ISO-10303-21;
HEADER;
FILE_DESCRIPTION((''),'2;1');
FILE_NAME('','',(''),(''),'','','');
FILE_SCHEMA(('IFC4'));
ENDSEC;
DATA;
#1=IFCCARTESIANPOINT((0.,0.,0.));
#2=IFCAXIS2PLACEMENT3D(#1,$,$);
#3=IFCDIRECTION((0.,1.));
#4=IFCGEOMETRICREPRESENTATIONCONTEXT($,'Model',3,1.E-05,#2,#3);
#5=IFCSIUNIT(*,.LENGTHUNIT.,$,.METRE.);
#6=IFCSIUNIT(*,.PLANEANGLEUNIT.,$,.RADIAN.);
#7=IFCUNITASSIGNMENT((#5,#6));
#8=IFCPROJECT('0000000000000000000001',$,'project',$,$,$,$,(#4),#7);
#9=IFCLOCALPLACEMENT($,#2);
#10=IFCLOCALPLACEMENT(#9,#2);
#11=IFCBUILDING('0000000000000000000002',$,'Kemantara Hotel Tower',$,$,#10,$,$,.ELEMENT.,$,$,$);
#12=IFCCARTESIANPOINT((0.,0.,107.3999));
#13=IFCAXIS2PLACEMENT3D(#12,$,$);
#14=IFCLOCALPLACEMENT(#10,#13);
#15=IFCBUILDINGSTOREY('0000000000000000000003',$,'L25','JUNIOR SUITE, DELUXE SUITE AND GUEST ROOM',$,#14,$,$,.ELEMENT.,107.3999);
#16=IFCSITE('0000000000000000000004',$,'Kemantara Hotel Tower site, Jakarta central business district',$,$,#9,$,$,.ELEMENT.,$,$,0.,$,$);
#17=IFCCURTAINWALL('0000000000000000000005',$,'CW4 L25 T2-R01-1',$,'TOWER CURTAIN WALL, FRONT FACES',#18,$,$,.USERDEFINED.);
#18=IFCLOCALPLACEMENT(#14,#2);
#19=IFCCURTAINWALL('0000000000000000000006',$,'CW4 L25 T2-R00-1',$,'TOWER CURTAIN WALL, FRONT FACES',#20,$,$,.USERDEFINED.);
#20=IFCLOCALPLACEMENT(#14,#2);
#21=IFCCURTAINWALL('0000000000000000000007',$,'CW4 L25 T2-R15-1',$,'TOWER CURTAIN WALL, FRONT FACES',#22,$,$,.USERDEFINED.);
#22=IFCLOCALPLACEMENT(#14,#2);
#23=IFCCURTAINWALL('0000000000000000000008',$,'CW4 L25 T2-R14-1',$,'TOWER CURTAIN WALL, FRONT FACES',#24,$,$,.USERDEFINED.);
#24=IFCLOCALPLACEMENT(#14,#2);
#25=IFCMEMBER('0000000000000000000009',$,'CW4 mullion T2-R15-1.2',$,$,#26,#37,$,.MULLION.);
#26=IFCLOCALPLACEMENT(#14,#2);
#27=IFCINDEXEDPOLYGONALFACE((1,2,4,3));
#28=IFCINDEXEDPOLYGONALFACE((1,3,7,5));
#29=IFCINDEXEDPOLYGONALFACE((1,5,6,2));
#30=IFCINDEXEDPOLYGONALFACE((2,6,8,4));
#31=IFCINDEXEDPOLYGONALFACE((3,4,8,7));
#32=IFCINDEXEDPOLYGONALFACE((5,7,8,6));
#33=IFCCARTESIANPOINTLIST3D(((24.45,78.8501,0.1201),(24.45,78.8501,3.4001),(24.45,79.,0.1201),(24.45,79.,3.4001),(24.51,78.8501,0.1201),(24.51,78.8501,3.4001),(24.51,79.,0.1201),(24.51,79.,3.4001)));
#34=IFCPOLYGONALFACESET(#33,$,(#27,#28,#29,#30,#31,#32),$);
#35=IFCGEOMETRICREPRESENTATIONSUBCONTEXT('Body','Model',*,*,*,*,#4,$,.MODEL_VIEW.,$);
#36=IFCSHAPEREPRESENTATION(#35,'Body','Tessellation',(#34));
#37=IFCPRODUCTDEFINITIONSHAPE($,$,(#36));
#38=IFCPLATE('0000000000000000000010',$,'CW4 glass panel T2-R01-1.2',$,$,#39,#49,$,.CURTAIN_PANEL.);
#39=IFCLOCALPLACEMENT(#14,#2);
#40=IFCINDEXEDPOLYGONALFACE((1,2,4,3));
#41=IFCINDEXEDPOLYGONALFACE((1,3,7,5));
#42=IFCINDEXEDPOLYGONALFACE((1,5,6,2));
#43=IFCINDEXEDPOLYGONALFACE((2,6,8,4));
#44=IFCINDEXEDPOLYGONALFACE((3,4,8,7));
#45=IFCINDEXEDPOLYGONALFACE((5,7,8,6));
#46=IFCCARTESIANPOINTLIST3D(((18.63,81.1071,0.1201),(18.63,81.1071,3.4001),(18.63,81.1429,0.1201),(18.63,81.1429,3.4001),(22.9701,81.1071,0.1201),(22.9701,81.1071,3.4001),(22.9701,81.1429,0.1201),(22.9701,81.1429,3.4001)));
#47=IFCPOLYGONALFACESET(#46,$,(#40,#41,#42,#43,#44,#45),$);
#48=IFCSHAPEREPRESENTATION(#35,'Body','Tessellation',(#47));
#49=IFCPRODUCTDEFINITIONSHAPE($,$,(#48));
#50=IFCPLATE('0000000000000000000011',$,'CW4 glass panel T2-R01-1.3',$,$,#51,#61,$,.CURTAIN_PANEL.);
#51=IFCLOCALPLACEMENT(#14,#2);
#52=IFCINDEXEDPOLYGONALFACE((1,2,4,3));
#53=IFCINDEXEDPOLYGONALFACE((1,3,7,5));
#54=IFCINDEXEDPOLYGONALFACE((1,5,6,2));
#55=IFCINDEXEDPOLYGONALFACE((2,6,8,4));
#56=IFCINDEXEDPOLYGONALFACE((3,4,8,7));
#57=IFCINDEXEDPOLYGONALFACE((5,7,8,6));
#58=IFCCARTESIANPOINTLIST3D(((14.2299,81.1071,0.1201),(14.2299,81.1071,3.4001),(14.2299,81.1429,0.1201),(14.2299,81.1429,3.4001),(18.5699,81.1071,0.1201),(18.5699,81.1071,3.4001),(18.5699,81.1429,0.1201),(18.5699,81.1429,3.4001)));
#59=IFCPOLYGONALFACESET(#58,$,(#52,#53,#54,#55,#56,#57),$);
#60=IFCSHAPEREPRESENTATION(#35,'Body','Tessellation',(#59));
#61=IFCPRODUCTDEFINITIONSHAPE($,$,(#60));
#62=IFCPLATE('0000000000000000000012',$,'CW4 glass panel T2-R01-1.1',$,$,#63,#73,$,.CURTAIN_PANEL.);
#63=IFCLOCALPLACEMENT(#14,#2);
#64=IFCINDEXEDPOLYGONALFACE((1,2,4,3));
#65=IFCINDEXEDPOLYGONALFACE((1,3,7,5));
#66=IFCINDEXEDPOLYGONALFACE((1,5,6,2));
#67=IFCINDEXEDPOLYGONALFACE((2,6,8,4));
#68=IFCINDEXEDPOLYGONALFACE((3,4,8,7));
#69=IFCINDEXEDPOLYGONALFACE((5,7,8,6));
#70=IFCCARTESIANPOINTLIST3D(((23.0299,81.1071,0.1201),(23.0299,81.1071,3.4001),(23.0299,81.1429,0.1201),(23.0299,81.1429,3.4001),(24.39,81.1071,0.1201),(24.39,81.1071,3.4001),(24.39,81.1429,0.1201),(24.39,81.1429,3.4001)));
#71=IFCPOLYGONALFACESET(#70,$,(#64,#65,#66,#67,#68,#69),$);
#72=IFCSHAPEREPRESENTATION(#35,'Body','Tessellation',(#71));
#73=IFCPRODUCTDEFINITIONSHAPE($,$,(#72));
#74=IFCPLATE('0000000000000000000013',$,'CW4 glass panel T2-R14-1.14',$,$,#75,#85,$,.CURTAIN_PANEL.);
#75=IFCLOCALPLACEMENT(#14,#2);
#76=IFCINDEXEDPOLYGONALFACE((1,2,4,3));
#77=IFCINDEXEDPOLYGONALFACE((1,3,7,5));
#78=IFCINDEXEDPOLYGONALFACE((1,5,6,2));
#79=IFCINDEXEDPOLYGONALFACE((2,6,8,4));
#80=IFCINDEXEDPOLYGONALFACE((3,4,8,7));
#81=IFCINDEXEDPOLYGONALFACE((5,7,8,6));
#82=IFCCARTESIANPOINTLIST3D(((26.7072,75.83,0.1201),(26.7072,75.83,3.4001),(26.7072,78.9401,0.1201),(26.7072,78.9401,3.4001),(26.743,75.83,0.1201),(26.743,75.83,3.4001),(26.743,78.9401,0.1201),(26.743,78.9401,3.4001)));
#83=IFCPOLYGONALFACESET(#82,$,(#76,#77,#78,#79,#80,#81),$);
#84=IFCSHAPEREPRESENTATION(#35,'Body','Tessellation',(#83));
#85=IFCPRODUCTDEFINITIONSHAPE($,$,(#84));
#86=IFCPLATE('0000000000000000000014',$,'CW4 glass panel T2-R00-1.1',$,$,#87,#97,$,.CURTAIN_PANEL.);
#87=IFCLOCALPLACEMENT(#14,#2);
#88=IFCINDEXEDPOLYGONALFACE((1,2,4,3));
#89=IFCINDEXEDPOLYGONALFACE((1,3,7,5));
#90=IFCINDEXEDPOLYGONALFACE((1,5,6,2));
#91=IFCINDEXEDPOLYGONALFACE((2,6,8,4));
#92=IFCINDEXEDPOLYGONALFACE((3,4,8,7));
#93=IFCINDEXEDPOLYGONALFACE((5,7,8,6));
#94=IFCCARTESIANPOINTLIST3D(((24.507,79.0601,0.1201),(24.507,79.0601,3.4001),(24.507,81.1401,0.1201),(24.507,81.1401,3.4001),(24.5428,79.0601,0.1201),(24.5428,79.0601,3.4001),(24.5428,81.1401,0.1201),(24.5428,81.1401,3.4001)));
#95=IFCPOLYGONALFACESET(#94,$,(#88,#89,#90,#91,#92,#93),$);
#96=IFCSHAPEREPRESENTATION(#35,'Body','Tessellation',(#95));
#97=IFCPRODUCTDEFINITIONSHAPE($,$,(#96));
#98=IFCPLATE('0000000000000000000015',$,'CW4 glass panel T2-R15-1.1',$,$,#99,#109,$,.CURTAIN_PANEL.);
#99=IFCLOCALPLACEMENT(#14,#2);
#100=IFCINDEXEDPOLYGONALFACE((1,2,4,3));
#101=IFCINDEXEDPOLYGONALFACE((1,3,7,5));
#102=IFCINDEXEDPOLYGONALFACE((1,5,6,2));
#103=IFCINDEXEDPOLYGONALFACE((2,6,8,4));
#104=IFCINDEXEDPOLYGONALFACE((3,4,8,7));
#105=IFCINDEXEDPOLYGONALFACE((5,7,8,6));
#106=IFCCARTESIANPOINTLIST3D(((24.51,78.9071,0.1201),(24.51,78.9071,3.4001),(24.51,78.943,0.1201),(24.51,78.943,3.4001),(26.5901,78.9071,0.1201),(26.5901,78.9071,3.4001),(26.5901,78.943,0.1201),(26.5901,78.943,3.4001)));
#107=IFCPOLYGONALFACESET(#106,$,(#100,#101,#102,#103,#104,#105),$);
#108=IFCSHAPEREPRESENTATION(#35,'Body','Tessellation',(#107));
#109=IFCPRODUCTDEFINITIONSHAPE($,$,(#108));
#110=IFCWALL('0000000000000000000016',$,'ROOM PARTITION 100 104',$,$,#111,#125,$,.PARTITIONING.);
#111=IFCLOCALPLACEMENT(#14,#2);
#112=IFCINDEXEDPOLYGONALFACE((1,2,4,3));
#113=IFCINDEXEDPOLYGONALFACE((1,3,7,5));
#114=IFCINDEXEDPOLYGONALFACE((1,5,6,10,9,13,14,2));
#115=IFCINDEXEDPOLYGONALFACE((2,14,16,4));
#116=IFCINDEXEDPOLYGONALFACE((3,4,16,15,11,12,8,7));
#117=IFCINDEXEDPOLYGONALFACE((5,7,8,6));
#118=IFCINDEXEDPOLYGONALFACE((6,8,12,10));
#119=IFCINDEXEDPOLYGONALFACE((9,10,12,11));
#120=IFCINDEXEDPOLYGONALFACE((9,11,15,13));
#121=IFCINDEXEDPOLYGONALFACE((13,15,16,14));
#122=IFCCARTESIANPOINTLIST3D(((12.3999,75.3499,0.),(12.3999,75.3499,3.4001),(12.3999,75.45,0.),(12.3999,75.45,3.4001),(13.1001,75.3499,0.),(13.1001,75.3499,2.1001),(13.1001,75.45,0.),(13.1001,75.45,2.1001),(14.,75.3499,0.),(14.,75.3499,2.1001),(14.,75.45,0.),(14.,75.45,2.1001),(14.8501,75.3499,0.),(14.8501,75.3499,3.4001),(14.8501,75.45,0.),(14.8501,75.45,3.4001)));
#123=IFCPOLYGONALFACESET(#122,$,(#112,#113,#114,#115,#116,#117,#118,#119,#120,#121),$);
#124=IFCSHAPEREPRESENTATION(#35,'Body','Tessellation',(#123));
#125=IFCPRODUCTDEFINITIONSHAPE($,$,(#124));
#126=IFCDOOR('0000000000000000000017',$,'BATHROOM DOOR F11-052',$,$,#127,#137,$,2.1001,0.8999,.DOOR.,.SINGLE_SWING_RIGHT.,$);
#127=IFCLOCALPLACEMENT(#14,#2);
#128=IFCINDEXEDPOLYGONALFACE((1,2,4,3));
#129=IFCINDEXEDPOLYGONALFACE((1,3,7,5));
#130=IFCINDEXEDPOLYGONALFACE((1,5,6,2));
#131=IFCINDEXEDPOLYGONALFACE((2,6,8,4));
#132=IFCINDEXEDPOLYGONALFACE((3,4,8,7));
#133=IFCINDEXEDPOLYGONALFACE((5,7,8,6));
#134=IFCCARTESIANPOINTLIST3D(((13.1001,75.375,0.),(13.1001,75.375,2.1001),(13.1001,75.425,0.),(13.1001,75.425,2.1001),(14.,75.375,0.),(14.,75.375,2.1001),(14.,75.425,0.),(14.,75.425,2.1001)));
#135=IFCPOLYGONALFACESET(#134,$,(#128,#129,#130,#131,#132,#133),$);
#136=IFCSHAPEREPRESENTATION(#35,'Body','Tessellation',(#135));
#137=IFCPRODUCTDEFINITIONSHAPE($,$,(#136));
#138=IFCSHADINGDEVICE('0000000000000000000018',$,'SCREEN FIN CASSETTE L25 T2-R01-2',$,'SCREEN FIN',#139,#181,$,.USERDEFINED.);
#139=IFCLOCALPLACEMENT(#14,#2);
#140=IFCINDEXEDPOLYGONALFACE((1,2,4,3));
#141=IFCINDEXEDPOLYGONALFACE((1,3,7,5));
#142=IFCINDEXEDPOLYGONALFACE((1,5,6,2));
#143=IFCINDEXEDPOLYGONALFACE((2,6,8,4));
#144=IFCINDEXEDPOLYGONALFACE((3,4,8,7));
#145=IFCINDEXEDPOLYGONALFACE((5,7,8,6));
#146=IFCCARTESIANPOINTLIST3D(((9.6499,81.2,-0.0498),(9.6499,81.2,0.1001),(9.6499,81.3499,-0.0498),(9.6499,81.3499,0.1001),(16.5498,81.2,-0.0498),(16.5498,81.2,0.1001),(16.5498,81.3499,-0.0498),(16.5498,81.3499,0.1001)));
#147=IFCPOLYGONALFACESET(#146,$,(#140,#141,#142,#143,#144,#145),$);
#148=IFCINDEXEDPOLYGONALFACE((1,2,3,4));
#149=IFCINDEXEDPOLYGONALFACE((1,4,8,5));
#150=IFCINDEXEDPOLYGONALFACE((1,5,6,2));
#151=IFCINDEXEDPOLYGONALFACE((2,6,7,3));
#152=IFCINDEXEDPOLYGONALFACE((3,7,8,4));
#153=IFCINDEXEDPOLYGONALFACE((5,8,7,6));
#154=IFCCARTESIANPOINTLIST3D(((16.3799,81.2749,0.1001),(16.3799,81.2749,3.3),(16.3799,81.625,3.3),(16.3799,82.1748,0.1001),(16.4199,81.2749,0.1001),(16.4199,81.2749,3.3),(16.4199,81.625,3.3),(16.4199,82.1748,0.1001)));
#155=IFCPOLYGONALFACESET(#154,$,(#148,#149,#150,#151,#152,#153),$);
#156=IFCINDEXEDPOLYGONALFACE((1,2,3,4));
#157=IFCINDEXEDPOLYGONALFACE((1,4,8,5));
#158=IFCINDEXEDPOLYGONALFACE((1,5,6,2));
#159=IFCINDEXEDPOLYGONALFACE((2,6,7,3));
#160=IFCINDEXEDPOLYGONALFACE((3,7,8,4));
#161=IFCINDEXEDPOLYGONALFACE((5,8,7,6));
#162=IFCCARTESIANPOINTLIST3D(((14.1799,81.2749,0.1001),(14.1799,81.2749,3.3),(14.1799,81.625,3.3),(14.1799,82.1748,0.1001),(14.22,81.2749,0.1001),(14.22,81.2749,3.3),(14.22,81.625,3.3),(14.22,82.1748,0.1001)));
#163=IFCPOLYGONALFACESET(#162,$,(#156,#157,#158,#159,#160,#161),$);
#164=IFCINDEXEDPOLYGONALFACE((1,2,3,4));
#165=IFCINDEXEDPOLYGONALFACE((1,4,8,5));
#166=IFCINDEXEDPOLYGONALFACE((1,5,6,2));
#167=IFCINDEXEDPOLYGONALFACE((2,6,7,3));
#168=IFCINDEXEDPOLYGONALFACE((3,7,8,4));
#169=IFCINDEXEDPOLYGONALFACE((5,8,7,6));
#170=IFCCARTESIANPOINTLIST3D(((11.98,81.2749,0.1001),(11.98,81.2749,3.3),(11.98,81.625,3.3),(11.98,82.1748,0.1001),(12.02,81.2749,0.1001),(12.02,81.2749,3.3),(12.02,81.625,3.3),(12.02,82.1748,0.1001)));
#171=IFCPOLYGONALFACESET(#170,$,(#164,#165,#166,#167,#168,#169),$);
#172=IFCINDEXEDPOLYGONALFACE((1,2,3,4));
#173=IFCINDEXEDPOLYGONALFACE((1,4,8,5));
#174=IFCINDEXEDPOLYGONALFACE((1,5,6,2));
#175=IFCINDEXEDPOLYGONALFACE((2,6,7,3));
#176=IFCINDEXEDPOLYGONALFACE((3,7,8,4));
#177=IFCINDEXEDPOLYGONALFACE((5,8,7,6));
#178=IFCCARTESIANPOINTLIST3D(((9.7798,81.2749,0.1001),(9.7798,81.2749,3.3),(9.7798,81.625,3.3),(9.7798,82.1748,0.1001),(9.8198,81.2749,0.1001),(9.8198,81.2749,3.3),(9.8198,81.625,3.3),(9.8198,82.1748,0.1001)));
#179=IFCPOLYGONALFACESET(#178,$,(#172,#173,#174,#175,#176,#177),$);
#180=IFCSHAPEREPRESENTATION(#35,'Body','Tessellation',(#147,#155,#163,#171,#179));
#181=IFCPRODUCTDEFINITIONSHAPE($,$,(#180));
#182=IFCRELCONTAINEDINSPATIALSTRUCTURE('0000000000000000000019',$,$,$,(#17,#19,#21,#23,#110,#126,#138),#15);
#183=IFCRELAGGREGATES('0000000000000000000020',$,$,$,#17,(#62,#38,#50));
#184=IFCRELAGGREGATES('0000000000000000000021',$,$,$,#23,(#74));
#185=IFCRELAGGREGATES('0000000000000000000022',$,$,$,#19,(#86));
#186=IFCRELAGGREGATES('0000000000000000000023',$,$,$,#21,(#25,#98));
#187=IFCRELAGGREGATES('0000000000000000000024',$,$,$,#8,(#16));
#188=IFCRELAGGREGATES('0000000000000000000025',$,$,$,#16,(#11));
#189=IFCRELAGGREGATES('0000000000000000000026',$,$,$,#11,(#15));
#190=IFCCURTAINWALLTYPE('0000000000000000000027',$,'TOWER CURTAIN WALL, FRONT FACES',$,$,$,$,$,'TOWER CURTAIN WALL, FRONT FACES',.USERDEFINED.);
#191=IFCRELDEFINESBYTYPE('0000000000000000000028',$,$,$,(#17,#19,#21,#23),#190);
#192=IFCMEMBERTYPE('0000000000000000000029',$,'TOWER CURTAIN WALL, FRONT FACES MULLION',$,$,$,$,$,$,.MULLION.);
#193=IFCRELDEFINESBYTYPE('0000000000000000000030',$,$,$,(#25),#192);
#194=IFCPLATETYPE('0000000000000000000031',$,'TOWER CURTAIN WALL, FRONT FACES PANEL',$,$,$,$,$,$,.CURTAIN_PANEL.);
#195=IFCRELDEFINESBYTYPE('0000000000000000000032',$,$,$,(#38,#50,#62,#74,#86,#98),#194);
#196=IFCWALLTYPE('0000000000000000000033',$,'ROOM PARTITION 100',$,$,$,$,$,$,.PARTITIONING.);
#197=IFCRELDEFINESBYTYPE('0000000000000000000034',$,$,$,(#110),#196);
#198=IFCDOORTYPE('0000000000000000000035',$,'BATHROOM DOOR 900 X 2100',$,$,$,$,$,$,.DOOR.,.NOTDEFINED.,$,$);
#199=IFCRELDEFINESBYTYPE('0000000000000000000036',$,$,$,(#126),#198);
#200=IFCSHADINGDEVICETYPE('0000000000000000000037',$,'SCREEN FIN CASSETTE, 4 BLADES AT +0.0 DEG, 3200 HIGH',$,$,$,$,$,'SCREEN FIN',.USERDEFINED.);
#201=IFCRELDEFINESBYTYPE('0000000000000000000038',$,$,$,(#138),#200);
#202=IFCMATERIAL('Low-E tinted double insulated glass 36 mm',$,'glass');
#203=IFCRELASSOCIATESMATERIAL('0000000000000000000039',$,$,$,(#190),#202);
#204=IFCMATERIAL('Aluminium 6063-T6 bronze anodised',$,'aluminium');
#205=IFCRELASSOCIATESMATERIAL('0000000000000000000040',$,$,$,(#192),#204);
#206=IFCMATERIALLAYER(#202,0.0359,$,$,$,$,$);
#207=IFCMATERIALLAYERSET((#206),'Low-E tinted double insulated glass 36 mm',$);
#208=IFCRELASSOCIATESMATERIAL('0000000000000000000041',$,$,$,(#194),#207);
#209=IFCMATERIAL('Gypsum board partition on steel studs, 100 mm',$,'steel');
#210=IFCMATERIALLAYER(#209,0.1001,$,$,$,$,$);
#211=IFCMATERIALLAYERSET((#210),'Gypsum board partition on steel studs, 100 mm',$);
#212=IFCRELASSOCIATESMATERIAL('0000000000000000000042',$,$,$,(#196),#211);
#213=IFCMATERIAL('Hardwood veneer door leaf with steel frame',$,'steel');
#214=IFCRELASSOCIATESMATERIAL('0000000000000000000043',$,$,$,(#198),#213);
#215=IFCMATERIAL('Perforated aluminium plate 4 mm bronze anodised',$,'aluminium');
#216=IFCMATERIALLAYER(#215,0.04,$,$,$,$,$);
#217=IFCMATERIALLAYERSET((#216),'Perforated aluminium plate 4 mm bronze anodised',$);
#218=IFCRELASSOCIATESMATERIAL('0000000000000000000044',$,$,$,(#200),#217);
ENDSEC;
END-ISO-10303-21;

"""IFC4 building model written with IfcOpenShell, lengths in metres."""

from ifc_helpers import new_model, si_unit, direction, frame, frame_2d, origin, origin_2d, place, context, subcontext, project, spatial, polyline, rectangle, outline, extrude, source, transform, mapped, material, layer, layer_set, material_profile, profile_set, type_object, element, fill, aggregate, save


model = new_model("IFC4")

# Units and contexts
model_context = context("Model", 3, precision=1e-05, world=origin(), true_north=direction((0.0, 1.0)))
body_context = subcontext(model_context, "Body", "Model", "MODEL_VIEW")
ifc_project = project(units=[si_unit("LENGTHUNIT", "METRE"), si_unit("PLANEANGLEUNIT", "RADIAN")], contexts=[model_context])

# Site, building, storey
site_placement = place(None, origin())
site = spatial("IfcSite", under=ifc_project, at=site_placement, Name="Kemantara Hotel Tower site, Jakarta central business district", CompositionType="ELEMENT", RefElevation=0.0)
building_placement = place(site_placement, origin())
building = spatial("IfcBuilding", under=site, at=building_placement, Name="Kemantara Hotel Tower", CompositionType="ELEMENT")
storey_placement = place(building_placement, frame((0.0, 0.0, 107.3999)))
storey = spatial("IfcBuildingStorey", under=building, at=storey_placement, Name="L25", Description="JUNIOR SUITE, DELUXE SUITE AND GUEST ROOM", CompositionType="ELEMENT", Elevation=107.3999)

# Curtain walls
ifc_material_1 = material(Name="Low-E tinted double insulated glass 36 mm", Category="glass")
curtain_wall_type = type_object("IfcCurtainWallType", Name="TOWER CURTAIN WALL, FRONT FACES", ElementType="TOWER CURTAIN WALL, FRONT FACES", PredefinedType="USERDEFINED", material=ifc_material_1)
curtain_wall_1_placement = place(storey_placement, origin())
curtain_wall_1 = element("IfcCurtainWall", 1, at=curtain_wall_1_placement, inside=storey, type_object=curtain_wall_type, Name="CW4 L25 T2-R01-1", ObjectType="TOWER CURTAIN WALL, FRONT FACES", PredefinedType="USERDEFINED")
ifc_material_2 = material(Name="Aluminium 6063-T6 bronze anodised", Category="aluminium")
curtain_wall_2_placement = place(storey_placement, origin())
curtain_wall_2 = element("IfcCurtainWall", 2, at=curtain_wall_2_placement, inside=storey, type_object=curtain_wall_type, Name="CW4 L25 T2-R00-1", ObjectType="TOWER CURTAIN WALL, FRONT FACES", PredefinedType="USERDEFINED")
curtain_wall_3_placement = place(storey_placement, origin())
curtain_wall_3 = element("IfcCurtainWall", 3, at=curtain_wall_3_placement, inside=storey, type_object=curtain_wall_type, Name="CW4 L25 T2-R15-1", ObjectType="TOWER CURTAIN WALL, FRONT FACES", PredefinedType="USERDEFINED")

# Shared definitions
ifc_material_profile_1 = material_profile(ifc_material_2, rectangle(XDim=0.1499, YDim=0.0601, at=origin_2d()), Name="TOWER CURTAIN WALL, FRONT FACES MULLION")
ifc_profile_set_1 = profile_set([ifc_material_profile_1], Name="Aluminium 6063-T6 bronze anodised")
member_type_1 = type_object("IfcMemberType", Name="TOWER CURTAIN WALL, FRONT FACES MULLION", PredefinedType="MULLION", material=ifc_profile_set_1)
shared_shape_1 = source(origin(), body_context, "Body", "SweptSolid", [
    extrude(rectangle(XDim=0.1499, YDim=0.0601, at=origin_2d()), origin(), (0.0, 0.0, 1.0), 3.28),
])

# Curtain wall
curtain_wall_4_placement = place(storey_placement, origin())
curtain_wall_4 = element("IfcCurtainWall", 4, at=curtain_wall_4_placement, inside=storey, type_object=curtain_wall_type, Name="CW4 L25 T2-R14-1", ObjectType="TOWER CURTAIN WALL, FRONT FACES", PredefinedType="USERDEFINED")

# Member
member_1_placement = place(storey_placement, frame((24.48, 78.925, 0.1201), z_axis=(0.0, 0.0, 1.0), x_axis=(0.0, -1.0, 0.0)))
member_1 = element("IfcMember", 5, at=member_1_placement, type_object=member_type_1, Name="CW4 mullion T2-R15-1.2", PredefinedType="MULLION", context=body_context, shape_type="MappedRepresentation", body=[
    mapped(shared_shape_1, transform((0.0, 0.0, 0.0))),
])

# Plates
ifc_layer_1 = layer(ifc_material_1, 0.0359)
ifc_layer_set_1 = layer_set([ifc_layer_1], Name="Low-E tinted double insulated glass 36 mm")
plate_type = type_object("IfcPlateType", Name="TOWER CURTAIN WALL, FRONT FACES PANEL", PredefinedType="CURTAIN_PANEL", material=ifc_layer_set_1)
shared_shape_2 = source(origin(), body_context, "Body", "SweptSolid", [
    extrude(rectangle(XDim=4.3401, YDim=0.0359, at=origin_2d()), origin(), (0.0, 0.0, 1.0), 3.28),
])
plate_1_placement = place(storey_placement, frame((20.8, 81.125, 0.1201), z_axis=(0.0, 0.0, 1.0), x_axis=(-1.0, 0.0, 0.0)))
plate_1 = element("IfcPlate", 6, at=plate_1_placement, type_object=plate_type, Name="CW4 glass panel T2-R01-1.2", PredefinedType="CURTAIN_PANEL", context=body_context, shape_type="MappedRepresentation", body=[
    mapped(shared_shape_2, transform((0.0, 0.0, 0.0))),
])
plate_2_placement = place(storey_placement, frame((16.3999, 81.125, 0.1201), z_axis=(0.0, 0.0, 1.0), x_axis=(-1.0, 0.0, 0.0)))
plate_2 = element("IfcPlate", 7, at=plate_2_placement, type_object=plate_type, Name="CW4 glass panel T2-R01-1.3", PredefinedType="CURTAIN_PANEL", context=body_context, shape_type="MappedRepresentation", body=[
    mapped(shared_shape_2, transform((0.0, 0.0, 0.0))),
])
shared_shape_3 = source(origin(), body_context, "Body", "SweptSolid", [
    extrude(rectangle(XDim=1.3601, YDim=0.0359, at=origin_2d()), origin(), (0.0, 0.0, 1.0), 3.28),
])
plate_3_placement = place(storey_placement, frame((23.71, 81.125, 0.1201), z_axis=(0.0, 0.0, 1.0), x_axis=(-1.0, 0.0, 0.0)))
plate_3 = element("IfcPlate", 8, at=plate_3_placement, type_object=plate_type, Name="CW4 glass panel T2-R01-1.1", PredefinedType="CURTAIN_PANEL", context=body_context, shape_type="MappedRepresentation", body=[
    mapped(shared_shape_3, transform((0.0, 0.0, 0.0))),
])
aggregate(curtain_wall_1, [plate_3, plate_1, plate_2])
shared_shape_4 = source(origin(), body_context, "Body", "SweptSolid", [
    extrude(rectangle(XDim=3.1101, YDim=0.0359, at=origin_2d()), origin(), (0.0, 0.0, 1.0), 3.28),
])
plate_4_placement = place(storey_placement, frame((26.7251, 77.385, 0.1201), z_axis=(0.0, 0.0, 1.0), x_axis=(0.0, 1.0, 0.0)))
plate_4 = element("IfcPlate", 9, at=plate_4_placement, type_object=plate_type, Name="CW4 glass panel T2-R14-1.14", PredefinedType="CURTAIN_PANEL", context=body_context, shape_type="MappedRepresentation", body=[
    mapped(shared_shape_4, transform((0.0, 0.0, 0.0))),
])
aggregate(curtain_wall_4, [plate_4])
shared_shape_5 = source(origin(), body_context, "Body", "SweptSolid", [
    extrude(rectangle(XDim=2.0801, YDim=0.0359, at=origin_2d()), origin(), (0.0, 0.0, 1.0), 3.28),
])
plate_5_placement = place(storey_placement, frame((24.5249, 80.1001, 0.1201), z_axis=(0.0, 0.0, 1.0), x_axis=(0.0, 1.0, 0.0)))
plate_5 = element("IfcPlate", 10, at=plate_5_placement, type_object=plate_type, Name="CW4 glass panel T2-R00-1.1", PredefinedType="CURTAIN_PANEL", context=body_context, shape_type="MappedRepresentation", body=[
    mapped(shared_shape_5, transform((0.0, 0.0, 0.0))),
])
aggregate(curtain_wall_2, [plate_5])
plate_6_placement = place(storey_placement, frame((25.55, 78.925, 0.1201), z_axis=(0.0, 0.0, 1.0), x_axis=(-1.0, 0.0, 0.0)))
plate_6 = element("IfcPlate", 11, at=plate_6_placement, type_object=plate_type, Name="CW4 glass panel T2-R15-1.1", PredefinedType="CURTAIN_PANEL", context=body_context, shape_type="MappedRepresentation", body=[
    mapped(shared_shape_5, transform((0.0, 0.0, 0.0))),
])
aggregate(curtain_wall_3, [member_1, plate_6])

# Wall, opening, door
ifc_material_3 = material(Name="Gypsum board partition on steel studs, 100 mm", Category="steel")
ifc_layer_2 = layer(ifc_material_3, 0.1001)
ifc_layer_set_2 = layer_set([ifc_layer_2], Name="Gypsum board partition on steel studs, 100 mm")
wall_type = type_object("IfcWallType", Name="ROOM PARTITION 100", PredefinedType="PARTITIONING", material=ifc_layer_set_2)
wall_placement = place(storey_placement, frame((14.8501, 75.3999, 0.0), z_axis=(0.0, 0.0, 1.0), x_axis=(-1.0, 0.0, 0.0)))
wall = element("IfcWall", 12, at=wall_placement, inside=storey, type_object=wall_type, Name="ROOM PARTITION 100 104", PredefinedType="PARTITIONING", context=body_context, shape_type="SweptSolid", body=[
    extrude(rectangle(XDim=2.4502, YDim=0.1001, at=frame_2d((1.2251, 0.0))), origin(), (0.0, 0.0, 1.0), 3.4001),
])
opening_placement = place(wall_placement, frame((0.8501, 0.0, 0.0)))
opening = element("IfcOpeningElement", 13, at=opening_placement, cuts=wall, PredefinedType="OPENING", context=body_context, shape_type="SweptSolid", body=[
    extrude(rectangle(XDim=0.8999, YDim=2.1001, at=frame_2d((0.45, 1.05))), frame((0.0, 0.0601, 0.0), z_axis=(0.0, -1.0, 0.0), x_axis=(1.0, 0.0, 0.0)), (0.0, 0.0, 1.0), 0.1201),
])
ifc_material_4 = material(Name="Hardwood veneer door leaf with steel frame", Category="steel")
door_type = type_object("IfcDoorType", Name="BATHROOM DOOR 900 X 2100", OperationType="NOTDEFINED", PredefinedType="DOOR", material=ifc_material_4)
door_placement = place(opening_placement, origin())
door = element("IfcDoor", 14, at=door_placement, inside=storey, type_object=door_type, Name="BATHROOM DOOR F11-052", OperationType="SINGLE_SWING_RIGHT", OverallHeight=2.1001, OverallWidth=0.8999, PredefinedType="DOOR", context=body_context, shape_type="SweptSolid", body=[
    extrude(rectangle(XDim=0.8999, YDim=2.1001, at=frame_2d((0.45, 1.05))), frame((0.0, 0.0249, 0.0), z_axis=(0.0, -1.0, 0.0), x_axis=(1.0, 0.0, 0.0)), (0.0, 0.0, 1.0), 0.05),
])
fill(opening, door)

# Shading device
ifc_material_5 = material(Name="Perforated aluminium plate 4 mm bronze anodised", Category="aluminium")
ifc_layer_3 = layer(ifc_material_5, 0.04)
ifc_layer_set_3 = layer_set([ifc_layer_3], Name="Perforated aluminium plate 4 mm bronze anodised")
shading_device_type_1 = type_object("IfcShadingDeviceType", Name="SCREEN FIN CASSETTE, 4 BLADES AT +0.0 DEG, 3200 HIGH", ElementType="SCREEN FIN", PredefinedType="USERDEFINED", material=ifc_layer_set_3)
shared_shape_6 = source(origin(), body_context, "Body", "SweptSolid", [
    extrude(rectangle(XDim=6.8999, YDim=0.1499, at=origin_2d()), frame((3.3, -0.075, -0.1499), z_axis=(0.0, 0.0, 1.0), x_axis=(1.0, 0.0, 0.0)), (0.0, 0.0, 1.0), 0.1499),
    extrude(outline(polyline([(0.0, 0.0), (0.8999, 0.0), (0.3501, 3.2), (0.0, 3.2), (0.0, 0.0)])), frame((0.02, -0.075, 0.0), z_axis=(-1.0, 0.0, 0.0), x_axis=(0.0, -1.0, 0.0)), (0.0, 0.0, 1.0), 0.04),
    extrude(outline(polyline([(0.0, 0.0), (0.8999, 0.0), (0.3501, 3.2), (0.0, 3.2), (0.0, 0.0)])), frame((2.22, -0.075, 0.0), z_axis=(-1.0, 0.0, 0.0), x_axis=(0.0, -1.0, 0.0)), (0.0, 0.0, 1.0), 0.04),
    extrude(outline(polyline([(0.0, 0.0), (0.8999, 0.0), (0.3501, 3.2), (0.0, 3.2), (0.0, 0.0)])), frame((4.4199, -0.075, 0.0), z_axis=(-1.0, 0.0, 0.0), x_axis=(0.0, -1.0, 0.0)), (0.0, 0.0, 1.0), 0.04),
    extrude(outline(polyline([(0.0, 0.0), (0.8999, 0.0), (0.3501, 3.2), (0.0, 3.2), (0.0, 0.0)])), frame((6.6201, -0.075, 0.0), z_axis=(-1.0, 0.0, 0.0), x_axis=(0.0, -1.0, 0.0)), (0.0, 0.0, 1.0), 0.04),
])
shading_device_1_placement = place(storey_placement, frame((16.3999, 81.2, 0.1001), z_axis=(0.0, 0.0, 1.0), x_axis=(-1.0, 0.0, 0.0)))
element("IfcShadingDevice", 15, at=shading_device_1_placement, inside=storey, type_object=shading_device_type_1, Name="SCREEN FIN CASSETTE L25 T2-R01-2", ObjectType="SCREEN FIN", PredefinedType="USERDEFINED", context=body_context, shape_type="MappedRepresentation", body=[
    mapped(shared_shape_6, transform((0.0, 0.0, 0.0))),
])

save(model, "model.ifc")
